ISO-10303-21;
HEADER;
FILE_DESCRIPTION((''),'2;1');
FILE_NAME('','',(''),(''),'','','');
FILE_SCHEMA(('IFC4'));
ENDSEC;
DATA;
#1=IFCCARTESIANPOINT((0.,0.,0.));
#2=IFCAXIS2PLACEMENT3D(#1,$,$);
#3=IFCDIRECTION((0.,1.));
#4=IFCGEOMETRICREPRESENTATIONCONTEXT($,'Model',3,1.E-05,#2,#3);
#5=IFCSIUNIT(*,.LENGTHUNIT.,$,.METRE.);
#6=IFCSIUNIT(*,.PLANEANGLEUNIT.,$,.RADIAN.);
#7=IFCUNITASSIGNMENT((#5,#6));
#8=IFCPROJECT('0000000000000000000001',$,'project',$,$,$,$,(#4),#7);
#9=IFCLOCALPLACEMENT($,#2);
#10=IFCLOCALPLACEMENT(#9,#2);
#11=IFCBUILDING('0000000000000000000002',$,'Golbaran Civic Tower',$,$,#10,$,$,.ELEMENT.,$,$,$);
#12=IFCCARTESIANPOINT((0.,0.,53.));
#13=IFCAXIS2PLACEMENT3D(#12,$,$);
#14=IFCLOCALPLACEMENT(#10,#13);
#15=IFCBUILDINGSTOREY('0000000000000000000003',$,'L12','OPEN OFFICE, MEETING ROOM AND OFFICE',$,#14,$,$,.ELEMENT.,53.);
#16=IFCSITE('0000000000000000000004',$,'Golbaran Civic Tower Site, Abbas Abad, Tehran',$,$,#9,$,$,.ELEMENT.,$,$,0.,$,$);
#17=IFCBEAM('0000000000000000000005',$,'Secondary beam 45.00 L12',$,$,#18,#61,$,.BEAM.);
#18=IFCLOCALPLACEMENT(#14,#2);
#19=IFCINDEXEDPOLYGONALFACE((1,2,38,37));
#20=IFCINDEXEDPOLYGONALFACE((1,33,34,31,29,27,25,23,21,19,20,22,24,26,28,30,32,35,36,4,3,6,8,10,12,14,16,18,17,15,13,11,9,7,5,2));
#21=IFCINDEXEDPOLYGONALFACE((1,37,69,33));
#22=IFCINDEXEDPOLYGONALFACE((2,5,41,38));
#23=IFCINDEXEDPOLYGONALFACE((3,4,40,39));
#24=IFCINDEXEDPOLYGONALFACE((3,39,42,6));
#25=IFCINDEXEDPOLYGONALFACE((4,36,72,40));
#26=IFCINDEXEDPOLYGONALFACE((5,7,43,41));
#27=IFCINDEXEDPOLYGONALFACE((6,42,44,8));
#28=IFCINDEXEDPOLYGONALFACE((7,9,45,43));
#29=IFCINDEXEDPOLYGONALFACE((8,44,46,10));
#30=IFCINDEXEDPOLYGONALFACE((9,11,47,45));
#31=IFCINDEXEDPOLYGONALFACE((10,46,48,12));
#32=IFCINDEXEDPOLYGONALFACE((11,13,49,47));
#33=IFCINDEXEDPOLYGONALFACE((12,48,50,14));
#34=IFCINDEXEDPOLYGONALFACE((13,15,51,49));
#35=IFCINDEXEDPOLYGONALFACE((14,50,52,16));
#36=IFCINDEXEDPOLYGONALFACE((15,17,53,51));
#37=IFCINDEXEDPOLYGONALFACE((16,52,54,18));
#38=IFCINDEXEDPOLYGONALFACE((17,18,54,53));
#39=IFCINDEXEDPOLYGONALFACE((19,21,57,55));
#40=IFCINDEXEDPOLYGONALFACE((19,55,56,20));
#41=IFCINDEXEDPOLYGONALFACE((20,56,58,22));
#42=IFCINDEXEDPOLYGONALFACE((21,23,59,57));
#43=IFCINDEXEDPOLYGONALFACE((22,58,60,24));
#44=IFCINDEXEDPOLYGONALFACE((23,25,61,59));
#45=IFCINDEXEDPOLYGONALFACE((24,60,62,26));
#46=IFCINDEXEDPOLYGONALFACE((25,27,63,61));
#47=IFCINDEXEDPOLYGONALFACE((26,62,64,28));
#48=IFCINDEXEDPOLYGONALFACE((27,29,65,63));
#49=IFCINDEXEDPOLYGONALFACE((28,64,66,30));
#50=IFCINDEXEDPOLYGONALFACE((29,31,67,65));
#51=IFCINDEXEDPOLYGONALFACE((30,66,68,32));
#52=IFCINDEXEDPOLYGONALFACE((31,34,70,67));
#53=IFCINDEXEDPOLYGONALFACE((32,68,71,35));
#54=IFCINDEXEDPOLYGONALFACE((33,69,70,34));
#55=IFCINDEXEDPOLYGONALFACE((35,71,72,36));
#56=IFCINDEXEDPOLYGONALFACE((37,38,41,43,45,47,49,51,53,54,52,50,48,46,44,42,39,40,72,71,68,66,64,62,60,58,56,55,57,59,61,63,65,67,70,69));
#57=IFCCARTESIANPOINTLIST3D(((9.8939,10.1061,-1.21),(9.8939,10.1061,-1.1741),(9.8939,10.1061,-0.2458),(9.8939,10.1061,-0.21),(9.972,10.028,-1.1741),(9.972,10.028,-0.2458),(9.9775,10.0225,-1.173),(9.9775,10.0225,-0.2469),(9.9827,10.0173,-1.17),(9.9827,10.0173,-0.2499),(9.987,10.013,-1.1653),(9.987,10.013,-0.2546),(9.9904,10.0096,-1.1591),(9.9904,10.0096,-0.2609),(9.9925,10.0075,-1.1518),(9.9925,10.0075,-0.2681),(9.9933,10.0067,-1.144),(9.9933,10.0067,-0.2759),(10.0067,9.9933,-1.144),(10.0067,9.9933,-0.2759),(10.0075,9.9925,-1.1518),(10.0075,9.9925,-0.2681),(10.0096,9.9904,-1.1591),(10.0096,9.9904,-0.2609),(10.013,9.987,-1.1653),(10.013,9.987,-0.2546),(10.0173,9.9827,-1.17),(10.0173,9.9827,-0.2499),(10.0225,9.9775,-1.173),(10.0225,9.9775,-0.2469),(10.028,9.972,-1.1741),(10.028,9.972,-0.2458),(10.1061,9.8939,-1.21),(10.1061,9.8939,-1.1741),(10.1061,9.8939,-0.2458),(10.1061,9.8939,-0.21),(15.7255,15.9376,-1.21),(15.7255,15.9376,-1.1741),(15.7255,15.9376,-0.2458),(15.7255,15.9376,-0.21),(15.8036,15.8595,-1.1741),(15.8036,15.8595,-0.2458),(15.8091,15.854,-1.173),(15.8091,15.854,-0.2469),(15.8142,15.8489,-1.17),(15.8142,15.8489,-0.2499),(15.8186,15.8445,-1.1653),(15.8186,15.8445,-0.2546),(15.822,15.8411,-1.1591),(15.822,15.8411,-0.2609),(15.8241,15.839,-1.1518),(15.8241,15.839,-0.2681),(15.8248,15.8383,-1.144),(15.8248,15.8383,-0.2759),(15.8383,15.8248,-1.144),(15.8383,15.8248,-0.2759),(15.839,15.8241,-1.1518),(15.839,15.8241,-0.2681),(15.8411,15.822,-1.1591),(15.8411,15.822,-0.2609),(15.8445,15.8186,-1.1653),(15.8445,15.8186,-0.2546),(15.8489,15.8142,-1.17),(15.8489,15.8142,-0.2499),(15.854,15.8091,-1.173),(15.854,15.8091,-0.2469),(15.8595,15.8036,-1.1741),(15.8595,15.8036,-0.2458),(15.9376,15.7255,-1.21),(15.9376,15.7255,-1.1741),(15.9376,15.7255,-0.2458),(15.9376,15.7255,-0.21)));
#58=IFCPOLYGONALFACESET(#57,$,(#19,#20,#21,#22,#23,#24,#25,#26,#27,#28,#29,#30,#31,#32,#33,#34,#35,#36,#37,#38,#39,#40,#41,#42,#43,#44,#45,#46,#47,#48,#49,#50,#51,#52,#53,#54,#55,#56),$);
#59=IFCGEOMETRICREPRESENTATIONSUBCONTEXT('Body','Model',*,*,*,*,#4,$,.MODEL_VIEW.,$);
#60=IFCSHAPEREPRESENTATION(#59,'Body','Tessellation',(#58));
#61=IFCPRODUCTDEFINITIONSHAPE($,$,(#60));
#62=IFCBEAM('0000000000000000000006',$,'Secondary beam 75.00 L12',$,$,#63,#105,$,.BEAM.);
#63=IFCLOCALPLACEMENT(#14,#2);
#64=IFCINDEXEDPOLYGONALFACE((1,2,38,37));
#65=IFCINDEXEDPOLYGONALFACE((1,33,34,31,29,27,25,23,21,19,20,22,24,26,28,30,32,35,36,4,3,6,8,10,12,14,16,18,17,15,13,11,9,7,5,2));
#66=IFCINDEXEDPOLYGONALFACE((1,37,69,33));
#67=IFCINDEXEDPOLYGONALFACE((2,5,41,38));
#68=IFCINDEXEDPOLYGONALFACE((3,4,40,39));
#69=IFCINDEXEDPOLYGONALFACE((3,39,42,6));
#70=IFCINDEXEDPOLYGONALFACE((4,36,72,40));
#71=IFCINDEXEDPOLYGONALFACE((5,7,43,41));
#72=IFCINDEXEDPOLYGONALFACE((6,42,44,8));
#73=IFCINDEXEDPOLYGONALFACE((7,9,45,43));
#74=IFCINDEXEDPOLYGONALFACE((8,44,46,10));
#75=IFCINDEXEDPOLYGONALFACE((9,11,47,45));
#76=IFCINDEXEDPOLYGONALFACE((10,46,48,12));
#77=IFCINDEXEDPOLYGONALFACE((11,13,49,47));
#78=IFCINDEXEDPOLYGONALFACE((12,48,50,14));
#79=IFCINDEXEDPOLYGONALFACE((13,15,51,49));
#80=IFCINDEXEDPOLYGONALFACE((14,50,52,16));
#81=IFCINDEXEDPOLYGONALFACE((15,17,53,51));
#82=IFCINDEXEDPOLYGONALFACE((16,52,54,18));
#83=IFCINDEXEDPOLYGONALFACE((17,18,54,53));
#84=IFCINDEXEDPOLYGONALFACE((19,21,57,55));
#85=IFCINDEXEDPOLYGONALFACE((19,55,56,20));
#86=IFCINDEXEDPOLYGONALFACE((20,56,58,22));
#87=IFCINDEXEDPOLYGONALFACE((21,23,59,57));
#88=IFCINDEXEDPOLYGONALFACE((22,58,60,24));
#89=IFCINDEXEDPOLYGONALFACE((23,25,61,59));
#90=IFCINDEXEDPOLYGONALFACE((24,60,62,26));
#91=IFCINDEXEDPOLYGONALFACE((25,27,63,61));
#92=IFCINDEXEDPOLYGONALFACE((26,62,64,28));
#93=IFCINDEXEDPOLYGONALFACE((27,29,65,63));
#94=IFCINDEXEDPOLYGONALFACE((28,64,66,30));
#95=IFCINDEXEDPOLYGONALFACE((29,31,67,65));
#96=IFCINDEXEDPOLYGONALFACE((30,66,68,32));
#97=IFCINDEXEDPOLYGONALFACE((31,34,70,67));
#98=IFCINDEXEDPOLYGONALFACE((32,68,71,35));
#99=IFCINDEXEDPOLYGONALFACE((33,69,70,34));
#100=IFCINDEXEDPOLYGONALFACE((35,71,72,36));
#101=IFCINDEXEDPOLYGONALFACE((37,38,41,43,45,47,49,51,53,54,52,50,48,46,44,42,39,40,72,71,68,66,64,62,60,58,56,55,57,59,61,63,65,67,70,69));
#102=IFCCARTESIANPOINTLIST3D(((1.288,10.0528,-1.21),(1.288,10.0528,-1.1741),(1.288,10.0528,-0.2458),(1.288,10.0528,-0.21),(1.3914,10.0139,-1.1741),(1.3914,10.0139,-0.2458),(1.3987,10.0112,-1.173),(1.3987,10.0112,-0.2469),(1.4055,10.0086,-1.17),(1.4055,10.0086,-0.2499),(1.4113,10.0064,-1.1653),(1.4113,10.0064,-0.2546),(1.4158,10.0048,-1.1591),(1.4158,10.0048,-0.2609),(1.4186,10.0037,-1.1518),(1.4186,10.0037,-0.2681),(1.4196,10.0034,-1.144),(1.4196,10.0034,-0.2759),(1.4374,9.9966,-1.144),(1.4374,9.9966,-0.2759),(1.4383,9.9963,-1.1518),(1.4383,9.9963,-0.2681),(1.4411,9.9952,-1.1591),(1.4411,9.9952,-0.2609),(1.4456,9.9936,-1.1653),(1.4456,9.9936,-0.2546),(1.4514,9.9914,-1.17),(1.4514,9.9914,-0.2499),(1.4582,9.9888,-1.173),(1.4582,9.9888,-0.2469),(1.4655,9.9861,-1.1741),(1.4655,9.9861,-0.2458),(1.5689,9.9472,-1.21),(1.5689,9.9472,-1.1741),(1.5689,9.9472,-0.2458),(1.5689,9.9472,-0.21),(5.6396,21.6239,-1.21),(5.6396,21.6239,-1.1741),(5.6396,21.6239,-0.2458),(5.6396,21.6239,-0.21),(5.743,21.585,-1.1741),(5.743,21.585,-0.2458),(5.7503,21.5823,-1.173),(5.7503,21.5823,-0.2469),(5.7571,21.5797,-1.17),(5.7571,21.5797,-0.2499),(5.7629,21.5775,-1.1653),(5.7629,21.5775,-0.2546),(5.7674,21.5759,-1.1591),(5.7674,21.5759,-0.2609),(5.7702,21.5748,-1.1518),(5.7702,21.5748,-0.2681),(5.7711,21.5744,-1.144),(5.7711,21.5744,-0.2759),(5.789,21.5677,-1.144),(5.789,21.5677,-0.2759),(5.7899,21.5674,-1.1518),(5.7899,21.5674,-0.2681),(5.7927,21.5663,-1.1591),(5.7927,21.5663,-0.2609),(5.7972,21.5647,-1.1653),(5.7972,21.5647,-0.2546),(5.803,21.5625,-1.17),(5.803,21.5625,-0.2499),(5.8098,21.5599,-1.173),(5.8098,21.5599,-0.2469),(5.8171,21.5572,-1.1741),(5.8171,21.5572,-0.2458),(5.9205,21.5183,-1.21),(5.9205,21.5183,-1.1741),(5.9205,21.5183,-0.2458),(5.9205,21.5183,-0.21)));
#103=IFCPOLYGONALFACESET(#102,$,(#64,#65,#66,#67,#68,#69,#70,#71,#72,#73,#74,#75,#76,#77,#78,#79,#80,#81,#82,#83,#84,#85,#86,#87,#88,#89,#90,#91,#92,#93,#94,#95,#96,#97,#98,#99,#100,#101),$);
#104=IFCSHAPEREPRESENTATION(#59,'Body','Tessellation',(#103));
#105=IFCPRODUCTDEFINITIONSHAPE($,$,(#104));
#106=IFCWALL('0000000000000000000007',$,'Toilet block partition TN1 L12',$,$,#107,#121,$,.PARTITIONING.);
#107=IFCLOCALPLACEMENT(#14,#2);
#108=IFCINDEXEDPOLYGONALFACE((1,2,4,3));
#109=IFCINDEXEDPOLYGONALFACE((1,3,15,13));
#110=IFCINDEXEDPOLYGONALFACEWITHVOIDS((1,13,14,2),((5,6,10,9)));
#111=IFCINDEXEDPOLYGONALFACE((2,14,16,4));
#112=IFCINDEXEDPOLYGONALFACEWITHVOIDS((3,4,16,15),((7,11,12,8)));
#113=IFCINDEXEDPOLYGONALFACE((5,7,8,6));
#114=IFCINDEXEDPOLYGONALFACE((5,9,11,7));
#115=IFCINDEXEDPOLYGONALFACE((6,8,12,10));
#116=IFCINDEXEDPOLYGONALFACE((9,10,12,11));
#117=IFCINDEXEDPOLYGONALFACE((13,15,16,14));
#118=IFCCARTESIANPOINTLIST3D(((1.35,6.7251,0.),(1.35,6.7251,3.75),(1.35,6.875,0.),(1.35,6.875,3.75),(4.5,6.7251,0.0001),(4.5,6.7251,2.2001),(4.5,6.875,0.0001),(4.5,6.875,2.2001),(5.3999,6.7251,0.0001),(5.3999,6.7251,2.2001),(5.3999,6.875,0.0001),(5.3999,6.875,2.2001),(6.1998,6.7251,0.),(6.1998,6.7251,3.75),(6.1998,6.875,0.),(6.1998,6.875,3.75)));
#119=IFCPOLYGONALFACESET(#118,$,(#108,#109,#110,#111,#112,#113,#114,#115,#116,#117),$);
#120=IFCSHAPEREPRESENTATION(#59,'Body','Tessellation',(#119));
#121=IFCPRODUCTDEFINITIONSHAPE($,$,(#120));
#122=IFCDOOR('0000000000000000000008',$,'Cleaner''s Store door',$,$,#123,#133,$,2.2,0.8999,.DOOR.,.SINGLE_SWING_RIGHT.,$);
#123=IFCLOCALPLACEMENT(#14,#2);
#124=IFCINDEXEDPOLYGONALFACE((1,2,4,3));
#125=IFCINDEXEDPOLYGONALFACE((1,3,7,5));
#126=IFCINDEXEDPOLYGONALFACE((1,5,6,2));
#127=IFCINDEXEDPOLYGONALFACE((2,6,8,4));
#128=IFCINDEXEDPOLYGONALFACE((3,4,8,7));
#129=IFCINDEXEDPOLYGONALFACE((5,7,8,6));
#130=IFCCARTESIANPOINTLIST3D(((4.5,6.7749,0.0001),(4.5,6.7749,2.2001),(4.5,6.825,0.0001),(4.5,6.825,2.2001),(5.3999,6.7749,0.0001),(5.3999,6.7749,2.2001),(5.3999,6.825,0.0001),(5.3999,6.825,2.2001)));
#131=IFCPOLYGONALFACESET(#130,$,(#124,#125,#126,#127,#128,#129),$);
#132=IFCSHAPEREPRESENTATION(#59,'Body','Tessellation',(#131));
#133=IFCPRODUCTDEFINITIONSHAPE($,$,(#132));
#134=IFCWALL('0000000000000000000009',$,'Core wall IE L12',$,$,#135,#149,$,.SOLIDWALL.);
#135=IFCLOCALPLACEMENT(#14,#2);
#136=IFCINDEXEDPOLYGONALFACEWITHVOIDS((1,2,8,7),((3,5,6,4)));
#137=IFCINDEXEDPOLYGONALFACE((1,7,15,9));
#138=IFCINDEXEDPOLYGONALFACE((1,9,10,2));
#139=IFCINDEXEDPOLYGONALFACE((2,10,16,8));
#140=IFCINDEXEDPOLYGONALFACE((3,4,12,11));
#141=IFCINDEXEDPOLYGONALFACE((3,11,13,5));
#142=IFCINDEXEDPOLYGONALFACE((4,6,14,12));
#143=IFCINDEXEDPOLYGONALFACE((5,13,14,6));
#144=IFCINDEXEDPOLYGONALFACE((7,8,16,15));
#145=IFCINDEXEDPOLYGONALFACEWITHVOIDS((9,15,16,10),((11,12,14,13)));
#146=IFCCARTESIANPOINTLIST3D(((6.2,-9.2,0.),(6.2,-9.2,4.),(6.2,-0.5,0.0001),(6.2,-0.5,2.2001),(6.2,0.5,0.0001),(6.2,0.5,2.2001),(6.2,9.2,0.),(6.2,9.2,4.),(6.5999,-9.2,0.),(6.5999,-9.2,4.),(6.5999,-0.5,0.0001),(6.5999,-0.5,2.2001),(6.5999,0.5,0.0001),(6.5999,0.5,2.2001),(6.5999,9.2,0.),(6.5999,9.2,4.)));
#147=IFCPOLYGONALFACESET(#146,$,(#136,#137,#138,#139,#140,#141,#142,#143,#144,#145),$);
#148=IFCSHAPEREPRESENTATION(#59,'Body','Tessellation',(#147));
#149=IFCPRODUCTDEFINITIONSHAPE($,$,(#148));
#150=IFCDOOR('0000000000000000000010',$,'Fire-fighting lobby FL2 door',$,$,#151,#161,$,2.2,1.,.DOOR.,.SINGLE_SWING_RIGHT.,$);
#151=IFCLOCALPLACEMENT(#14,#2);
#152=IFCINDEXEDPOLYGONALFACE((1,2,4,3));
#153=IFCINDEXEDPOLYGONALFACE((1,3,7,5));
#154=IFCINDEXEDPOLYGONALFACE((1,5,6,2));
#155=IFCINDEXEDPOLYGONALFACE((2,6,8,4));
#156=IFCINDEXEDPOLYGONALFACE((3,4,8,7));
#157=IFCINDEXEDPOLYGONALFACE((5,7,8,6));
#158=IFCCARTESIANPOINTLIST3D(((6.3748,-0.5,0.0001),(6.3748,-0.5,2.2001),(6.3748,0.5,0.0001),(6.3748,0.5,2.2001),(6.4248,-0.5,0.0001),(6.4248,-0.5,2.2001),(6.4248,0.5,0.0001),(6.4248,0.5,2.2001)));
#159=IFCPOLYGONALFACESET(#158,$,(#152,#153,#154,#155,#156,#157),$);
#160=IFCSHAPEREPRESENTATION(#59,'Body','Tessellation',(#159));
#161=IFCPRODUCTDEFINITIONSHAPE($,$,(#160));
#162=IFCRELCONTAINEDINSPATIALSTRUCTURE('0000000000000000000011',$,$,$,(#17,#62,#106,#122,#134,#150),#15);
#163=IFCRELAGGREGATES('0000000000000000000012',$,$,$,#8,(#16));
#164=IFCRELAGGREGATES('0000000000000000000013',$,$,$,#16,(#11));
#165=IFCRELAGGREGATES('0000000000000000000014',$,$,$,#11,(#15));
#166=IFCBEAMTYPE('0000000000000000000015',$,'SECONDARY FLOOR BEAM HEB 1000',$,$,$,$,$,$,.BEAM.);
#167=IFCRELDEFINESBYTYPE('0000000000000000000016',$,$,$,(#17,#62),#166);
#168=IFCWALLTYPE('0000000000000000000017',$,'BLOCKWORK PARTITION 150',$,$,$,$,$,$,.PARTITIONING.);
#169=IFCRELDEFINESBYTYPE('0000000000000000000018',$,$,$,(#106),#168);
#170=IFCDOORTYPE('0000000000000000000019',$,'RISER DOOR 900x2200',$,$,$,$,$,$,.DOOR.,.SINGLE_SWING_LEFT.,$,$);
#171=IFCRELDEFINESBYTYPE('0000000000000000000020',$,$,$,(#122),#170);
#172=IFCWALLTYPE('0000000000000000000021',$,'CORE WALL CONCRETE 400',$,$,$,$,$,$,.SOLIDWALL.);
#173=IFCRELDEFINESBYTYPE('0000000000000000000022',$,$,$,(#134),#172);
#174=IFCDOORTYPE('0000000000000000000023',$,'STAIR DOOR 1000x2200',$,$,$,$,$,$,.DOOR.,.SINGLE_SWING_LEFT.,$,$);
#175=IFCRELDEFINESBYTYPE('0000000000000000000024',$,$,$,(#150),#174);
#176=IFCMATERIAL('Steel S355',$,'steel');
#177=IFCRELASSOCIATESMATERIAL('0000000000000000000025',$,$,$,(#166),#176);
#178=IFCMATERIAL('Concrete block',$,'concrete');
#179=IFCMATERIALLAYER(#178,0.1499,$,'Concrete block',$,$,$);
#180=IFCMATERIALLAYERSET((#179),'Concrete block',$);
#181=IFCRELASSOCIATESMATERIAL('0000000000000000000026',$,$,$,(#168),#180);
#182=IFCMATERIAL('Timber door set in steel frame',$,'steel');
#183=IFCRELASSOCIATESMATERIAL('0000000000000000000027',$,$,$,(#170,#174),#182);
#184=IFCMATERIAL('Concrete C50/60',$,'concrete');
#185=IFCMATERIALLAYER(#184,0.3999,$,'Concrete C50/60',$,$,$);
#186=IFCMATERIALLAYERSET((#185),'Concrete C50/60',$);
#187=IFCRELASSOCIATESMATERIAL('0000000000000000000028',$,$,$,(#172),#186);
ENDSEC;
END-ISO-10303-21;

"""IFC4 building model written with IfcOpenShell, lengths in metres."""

from ifc_helpers import new_model, si_unit, direction, frame, frame_2d, origin, origin_2d, place, context, subcontext, project, spatial, rectangle, i_section, extrude, material, layer, layer_set, material_profile, profile_set, type_object, element, fill, save


model = new_model("IFC4")

# Units and contexts
model_context = context("Model", 3, precision=1e-05, world=origin(), true_north=direction((0.0, 1.0)))
body_context = subcontext(model_context, "Body", "Model", "MODEL_VIEW")
ifc_project = project(units=[si_unit("LENGTHUNIT", "METRE"), si_unit("PLANEANGLEUNIT", "RADIAN")], contexts=[model_context])

# Site, building, storey
site_placement = place(None, origin())
site = spatial("IfcSite", under=ifc_project, at=site_placement, Name="Golbaran Civic Tower Site, Abbas Abad, Tehran", CompositionType="ELEMENT", RefElevation=0.0)
building_placement = place(site_placement, origin())
building = spatial("IfcBuilding", under=site, at=building_placement, Name="Golbaran Civic Tower", CompositionType="ELEMENT")
storey_placement = place(building_placement, frame((0.0, 0.0, 53.0)))
storey = spatial("IfcBuildingStorey", under=building, at=storey_placement, Name="L12", Description="OPEN OFFICE, MEETING ROOM AND OFFICE", CompositionType="ELEMENT", Elevation=53.0)

# Beams
ifc_material_1 = material(Name="Steel S355", Category="steel")
ifc_material_profile_1 = material_profile(ifc_material_1, i_section(OverallWidth=0.3, OverallDepth=1.0, WebThickness=0.019, FlangeThickness=0.0359, FilletRadius=0.03, at=origin_2d()), Name="HEB 1000")
ifc_profile_set_1 = profile_set([ifc_material_profile_1], Name="Steel S355")
beam_type_1 = type_object("IfcBeamType", Name="SECONDARY FLOOR BEAM HEB 1000", PredefinedType="BEAM", material=ifc_profile_set_1)
beam_1_placement = place(storey_placement, frame((10.0, 10.0, -0.71), z_axis=(0.707107, 0.707107, 0.0), x_axis=(-0.707107, 0.707107, 0.0)))
element("IfcBeam", 1, at=beam_1_placement, inside=storey, type_object=beam_type_1, Name="Secondary beam 45.00 L12", PredefinedType="BEAM", context=body_context, shape_type="SweptSolid", body=[
    extrude(i_section(OverallWidth=0.3, OverallDepth=1.0, WebThickness=0.019, FlangeThickness=0.0359, FilletRadius=0.03, at=origin_2d()), origin(), (0.0, 0.0, 1.0), 8.2471),
])
beam_2_placement = place(storey_placement, frame((1.4285, 10.0, -0.71), z_axis=(0.352004, 0.935998, 0.0), x_axis=(-0.935998, 0.352004, 0.0)))
element("IfcBeam", 2, at=beam_2_placement, inside=storey, type_object=beam_type_1, Name="Secondary beam 75.00 L12", PredefinedType="BEAM", context=body_context, shape_type="SweptSolid", body=[
    extrude(i_section(OverallWidth=0.3, OverallDepth=1.0, WebThickness=0.019, FlangeThickness=0.0359, FilletRadius=0.03, at=origin_2d()), origin(), (0.0, 0.0, 1.0), 12.3623),
])

# Walls, openings, doors
ifc_material_2 = material(Name="Concrete block", Category="concrete")
ifc_layer_1 = layer(ifc_material_2, 0.1499, Name="Concrete block")
ifc_layer_set_1 = layer_set([ifc_layer_1], Name="Concrete block")
wall_type_1 = type_object("IfcWallType", Name="BLOCKWORK PARTITION 150", PredefinedType="PARTITIONING", material=ifc_layer_set_1)
wall_1_placement = place(storey_placement, frame((1.3501, 6.8, 0.0), z_axis=(0.0, 0.0, 1.0), x_axis=(1.0, 0.0, 0.0)))
wall_1 = element("IfcWall", 3, at=wall_1_placement, inside=storey, type_object=wall_type_1, Name="Toilet block partition TN1 L12", PredefinedType="PARTITIONING", context=body_context, shape_type="SweptSolid", body=[
    extrude(rectangle(XDim=4.8499, YDim=0.1499, at=frame_2d((2.4248, 0.0))), origin(), (0.0, 0.0, 1.0), 3.75),
])
opening_1_placement = place(wall_1_placement, frame((3.1499, 0.0, 0.0)))
opening_1 = element("IfcOpeningElement", 4, at=opening_1_placement, cuts=wall_1, PredefinedType="OPENING", context=body_context, shape_type="SweptSolid", body=[
    extrude(rectangle(XDim=0.8999, YDim=2.2, at=frame_2d((0.45, 1.1001))), frame((0.0, 0.085, 0.0), z_axis=(0.0, -1.0, 0.0), x_axis=(1.0, 0.0, 0.0)), (0.0, 0.0, 1.0), 0.1699),
])
ifc_material_3 = material(Name="Timber door set in steel frame", Category="steel")
door_type_1 = type_object("IfcDoorType", Name="RISER DOOR 900x2200", OperationType="SINGLE_SWING_LEFT", PredefinedType="DOOR", material=ifc_material_3)
door_1_placement = place(opening_1_placement, origin())
door_1 = element("IfcDoor", 5, at=door_1_placement, inside=storey, type_object=door_type_1, Name="Cleaner's Store door", OperationType="SINGLE_SWING_RIGHT", OverallHeight=2.2, OverallWidth=0.8999, PredefinedType="DOOR", context=body_context, shape_type="SweptSolid", body=[
    extrude(rectangle(XDim=0.8999, YDim=2.2, at=frame_2d((0.45, 1.1001))), frame((0.0, 0.0249, 0.0), z_axis=(0.0, -1.0, 0.0), x_axis=(1.0, 0.0, 0.0)), (0.0, 0.0, 1.0), 0.05),
])
fill(opening_1, door_1)
ifc_material_4 = material(Name="Concrete C50/60", Category="concrete")
ifc_layer_2 = layer(ifc_material_4, 0.3999, Name="Concrete C50/60")
ifc_layer_set_2 = layer_set([ifc_layer_2], Name="Concrete C50/60")
wall_type_2 = type_object("IfcWallType", Name="CORE WALL CONCRETE 400", PredefinedType="SOLIDWALL", material=ifc_layer_set_2)
wall_2_placement = place(storey_placement, frame((6.3999, 9.2, 0.0), z_axis=(0.0, 0.0, 1.0), x_axis=(0.0, -1.0, 0.0)))
wall_2 = element("IfcWall", 6, at=wall_2_placement, inside=storey, type_object=wall_type_2, Name="Core wall IE L12", PredefinedType="SOLIDWALL", context=body_context, shape_type="SweptSolid", body=[
    extrude(rectangle(XDim=18.3999, YDim=0.3999, at=frame_2d((9.2, 0.0))), origin(), (0.0, 0.0, 1.0), 4.0),
])
opening_2_placement = place(wall_2_placement, frame((8.7, 0.0, 0.0)))
opening_2 = element("IfcOpeningElement", 7, at=opening_2_placement, cuts=wall_2, PredefinedType="OPENING", context=body_context, shape_type="SweptSolid", body=[
    extrude(rectangle(XDim=1.0, YDim=2.2, at=frame_2d((0.5, 1.1001))), frame((0.0, 0.21, 0.0), z_axis=(0.0, -1.0, 0.0), x_axis=(1.0, 0.0, 0.0)), (0.0, 0.0, 1.0), 0.4199),
])
door_type_2 = type_object("IfcDoorType", Name="STAIR DOOR 1000x2200", OperationType="SINGLE_SWING_LEFT", PredefinedType="DOOR", material=ifc_material_3)
door_2_placement = place(opening_2_placement, origin())
door_2 = element("IfcDoor", 8, at=door_2_placement, inside=storey, type_object=door_type_2, Name="Fire-fighting lobby FL2 door", OperationType="SINGLE_SWING_RIGHT", OverallHeight=2.2, OverallWidth=1.0, PredefinedType="DOOR", context=body_context, shape_type="SweptSolid", body=[
    extrude(rectangle(XDim=1.0, YDim=2.2, at=frame_2d((0.5, 1.1001))), frame((0.0, 0.0249, 0.0), z_axis=(0.0, -1.0, 0.0), x_axis=(1.0, 0.0, 0.0)), (0.0, 0.0, 1.0), 0.05),
])
fill(opening_2, door_2)

save(model, "model.ifc")
